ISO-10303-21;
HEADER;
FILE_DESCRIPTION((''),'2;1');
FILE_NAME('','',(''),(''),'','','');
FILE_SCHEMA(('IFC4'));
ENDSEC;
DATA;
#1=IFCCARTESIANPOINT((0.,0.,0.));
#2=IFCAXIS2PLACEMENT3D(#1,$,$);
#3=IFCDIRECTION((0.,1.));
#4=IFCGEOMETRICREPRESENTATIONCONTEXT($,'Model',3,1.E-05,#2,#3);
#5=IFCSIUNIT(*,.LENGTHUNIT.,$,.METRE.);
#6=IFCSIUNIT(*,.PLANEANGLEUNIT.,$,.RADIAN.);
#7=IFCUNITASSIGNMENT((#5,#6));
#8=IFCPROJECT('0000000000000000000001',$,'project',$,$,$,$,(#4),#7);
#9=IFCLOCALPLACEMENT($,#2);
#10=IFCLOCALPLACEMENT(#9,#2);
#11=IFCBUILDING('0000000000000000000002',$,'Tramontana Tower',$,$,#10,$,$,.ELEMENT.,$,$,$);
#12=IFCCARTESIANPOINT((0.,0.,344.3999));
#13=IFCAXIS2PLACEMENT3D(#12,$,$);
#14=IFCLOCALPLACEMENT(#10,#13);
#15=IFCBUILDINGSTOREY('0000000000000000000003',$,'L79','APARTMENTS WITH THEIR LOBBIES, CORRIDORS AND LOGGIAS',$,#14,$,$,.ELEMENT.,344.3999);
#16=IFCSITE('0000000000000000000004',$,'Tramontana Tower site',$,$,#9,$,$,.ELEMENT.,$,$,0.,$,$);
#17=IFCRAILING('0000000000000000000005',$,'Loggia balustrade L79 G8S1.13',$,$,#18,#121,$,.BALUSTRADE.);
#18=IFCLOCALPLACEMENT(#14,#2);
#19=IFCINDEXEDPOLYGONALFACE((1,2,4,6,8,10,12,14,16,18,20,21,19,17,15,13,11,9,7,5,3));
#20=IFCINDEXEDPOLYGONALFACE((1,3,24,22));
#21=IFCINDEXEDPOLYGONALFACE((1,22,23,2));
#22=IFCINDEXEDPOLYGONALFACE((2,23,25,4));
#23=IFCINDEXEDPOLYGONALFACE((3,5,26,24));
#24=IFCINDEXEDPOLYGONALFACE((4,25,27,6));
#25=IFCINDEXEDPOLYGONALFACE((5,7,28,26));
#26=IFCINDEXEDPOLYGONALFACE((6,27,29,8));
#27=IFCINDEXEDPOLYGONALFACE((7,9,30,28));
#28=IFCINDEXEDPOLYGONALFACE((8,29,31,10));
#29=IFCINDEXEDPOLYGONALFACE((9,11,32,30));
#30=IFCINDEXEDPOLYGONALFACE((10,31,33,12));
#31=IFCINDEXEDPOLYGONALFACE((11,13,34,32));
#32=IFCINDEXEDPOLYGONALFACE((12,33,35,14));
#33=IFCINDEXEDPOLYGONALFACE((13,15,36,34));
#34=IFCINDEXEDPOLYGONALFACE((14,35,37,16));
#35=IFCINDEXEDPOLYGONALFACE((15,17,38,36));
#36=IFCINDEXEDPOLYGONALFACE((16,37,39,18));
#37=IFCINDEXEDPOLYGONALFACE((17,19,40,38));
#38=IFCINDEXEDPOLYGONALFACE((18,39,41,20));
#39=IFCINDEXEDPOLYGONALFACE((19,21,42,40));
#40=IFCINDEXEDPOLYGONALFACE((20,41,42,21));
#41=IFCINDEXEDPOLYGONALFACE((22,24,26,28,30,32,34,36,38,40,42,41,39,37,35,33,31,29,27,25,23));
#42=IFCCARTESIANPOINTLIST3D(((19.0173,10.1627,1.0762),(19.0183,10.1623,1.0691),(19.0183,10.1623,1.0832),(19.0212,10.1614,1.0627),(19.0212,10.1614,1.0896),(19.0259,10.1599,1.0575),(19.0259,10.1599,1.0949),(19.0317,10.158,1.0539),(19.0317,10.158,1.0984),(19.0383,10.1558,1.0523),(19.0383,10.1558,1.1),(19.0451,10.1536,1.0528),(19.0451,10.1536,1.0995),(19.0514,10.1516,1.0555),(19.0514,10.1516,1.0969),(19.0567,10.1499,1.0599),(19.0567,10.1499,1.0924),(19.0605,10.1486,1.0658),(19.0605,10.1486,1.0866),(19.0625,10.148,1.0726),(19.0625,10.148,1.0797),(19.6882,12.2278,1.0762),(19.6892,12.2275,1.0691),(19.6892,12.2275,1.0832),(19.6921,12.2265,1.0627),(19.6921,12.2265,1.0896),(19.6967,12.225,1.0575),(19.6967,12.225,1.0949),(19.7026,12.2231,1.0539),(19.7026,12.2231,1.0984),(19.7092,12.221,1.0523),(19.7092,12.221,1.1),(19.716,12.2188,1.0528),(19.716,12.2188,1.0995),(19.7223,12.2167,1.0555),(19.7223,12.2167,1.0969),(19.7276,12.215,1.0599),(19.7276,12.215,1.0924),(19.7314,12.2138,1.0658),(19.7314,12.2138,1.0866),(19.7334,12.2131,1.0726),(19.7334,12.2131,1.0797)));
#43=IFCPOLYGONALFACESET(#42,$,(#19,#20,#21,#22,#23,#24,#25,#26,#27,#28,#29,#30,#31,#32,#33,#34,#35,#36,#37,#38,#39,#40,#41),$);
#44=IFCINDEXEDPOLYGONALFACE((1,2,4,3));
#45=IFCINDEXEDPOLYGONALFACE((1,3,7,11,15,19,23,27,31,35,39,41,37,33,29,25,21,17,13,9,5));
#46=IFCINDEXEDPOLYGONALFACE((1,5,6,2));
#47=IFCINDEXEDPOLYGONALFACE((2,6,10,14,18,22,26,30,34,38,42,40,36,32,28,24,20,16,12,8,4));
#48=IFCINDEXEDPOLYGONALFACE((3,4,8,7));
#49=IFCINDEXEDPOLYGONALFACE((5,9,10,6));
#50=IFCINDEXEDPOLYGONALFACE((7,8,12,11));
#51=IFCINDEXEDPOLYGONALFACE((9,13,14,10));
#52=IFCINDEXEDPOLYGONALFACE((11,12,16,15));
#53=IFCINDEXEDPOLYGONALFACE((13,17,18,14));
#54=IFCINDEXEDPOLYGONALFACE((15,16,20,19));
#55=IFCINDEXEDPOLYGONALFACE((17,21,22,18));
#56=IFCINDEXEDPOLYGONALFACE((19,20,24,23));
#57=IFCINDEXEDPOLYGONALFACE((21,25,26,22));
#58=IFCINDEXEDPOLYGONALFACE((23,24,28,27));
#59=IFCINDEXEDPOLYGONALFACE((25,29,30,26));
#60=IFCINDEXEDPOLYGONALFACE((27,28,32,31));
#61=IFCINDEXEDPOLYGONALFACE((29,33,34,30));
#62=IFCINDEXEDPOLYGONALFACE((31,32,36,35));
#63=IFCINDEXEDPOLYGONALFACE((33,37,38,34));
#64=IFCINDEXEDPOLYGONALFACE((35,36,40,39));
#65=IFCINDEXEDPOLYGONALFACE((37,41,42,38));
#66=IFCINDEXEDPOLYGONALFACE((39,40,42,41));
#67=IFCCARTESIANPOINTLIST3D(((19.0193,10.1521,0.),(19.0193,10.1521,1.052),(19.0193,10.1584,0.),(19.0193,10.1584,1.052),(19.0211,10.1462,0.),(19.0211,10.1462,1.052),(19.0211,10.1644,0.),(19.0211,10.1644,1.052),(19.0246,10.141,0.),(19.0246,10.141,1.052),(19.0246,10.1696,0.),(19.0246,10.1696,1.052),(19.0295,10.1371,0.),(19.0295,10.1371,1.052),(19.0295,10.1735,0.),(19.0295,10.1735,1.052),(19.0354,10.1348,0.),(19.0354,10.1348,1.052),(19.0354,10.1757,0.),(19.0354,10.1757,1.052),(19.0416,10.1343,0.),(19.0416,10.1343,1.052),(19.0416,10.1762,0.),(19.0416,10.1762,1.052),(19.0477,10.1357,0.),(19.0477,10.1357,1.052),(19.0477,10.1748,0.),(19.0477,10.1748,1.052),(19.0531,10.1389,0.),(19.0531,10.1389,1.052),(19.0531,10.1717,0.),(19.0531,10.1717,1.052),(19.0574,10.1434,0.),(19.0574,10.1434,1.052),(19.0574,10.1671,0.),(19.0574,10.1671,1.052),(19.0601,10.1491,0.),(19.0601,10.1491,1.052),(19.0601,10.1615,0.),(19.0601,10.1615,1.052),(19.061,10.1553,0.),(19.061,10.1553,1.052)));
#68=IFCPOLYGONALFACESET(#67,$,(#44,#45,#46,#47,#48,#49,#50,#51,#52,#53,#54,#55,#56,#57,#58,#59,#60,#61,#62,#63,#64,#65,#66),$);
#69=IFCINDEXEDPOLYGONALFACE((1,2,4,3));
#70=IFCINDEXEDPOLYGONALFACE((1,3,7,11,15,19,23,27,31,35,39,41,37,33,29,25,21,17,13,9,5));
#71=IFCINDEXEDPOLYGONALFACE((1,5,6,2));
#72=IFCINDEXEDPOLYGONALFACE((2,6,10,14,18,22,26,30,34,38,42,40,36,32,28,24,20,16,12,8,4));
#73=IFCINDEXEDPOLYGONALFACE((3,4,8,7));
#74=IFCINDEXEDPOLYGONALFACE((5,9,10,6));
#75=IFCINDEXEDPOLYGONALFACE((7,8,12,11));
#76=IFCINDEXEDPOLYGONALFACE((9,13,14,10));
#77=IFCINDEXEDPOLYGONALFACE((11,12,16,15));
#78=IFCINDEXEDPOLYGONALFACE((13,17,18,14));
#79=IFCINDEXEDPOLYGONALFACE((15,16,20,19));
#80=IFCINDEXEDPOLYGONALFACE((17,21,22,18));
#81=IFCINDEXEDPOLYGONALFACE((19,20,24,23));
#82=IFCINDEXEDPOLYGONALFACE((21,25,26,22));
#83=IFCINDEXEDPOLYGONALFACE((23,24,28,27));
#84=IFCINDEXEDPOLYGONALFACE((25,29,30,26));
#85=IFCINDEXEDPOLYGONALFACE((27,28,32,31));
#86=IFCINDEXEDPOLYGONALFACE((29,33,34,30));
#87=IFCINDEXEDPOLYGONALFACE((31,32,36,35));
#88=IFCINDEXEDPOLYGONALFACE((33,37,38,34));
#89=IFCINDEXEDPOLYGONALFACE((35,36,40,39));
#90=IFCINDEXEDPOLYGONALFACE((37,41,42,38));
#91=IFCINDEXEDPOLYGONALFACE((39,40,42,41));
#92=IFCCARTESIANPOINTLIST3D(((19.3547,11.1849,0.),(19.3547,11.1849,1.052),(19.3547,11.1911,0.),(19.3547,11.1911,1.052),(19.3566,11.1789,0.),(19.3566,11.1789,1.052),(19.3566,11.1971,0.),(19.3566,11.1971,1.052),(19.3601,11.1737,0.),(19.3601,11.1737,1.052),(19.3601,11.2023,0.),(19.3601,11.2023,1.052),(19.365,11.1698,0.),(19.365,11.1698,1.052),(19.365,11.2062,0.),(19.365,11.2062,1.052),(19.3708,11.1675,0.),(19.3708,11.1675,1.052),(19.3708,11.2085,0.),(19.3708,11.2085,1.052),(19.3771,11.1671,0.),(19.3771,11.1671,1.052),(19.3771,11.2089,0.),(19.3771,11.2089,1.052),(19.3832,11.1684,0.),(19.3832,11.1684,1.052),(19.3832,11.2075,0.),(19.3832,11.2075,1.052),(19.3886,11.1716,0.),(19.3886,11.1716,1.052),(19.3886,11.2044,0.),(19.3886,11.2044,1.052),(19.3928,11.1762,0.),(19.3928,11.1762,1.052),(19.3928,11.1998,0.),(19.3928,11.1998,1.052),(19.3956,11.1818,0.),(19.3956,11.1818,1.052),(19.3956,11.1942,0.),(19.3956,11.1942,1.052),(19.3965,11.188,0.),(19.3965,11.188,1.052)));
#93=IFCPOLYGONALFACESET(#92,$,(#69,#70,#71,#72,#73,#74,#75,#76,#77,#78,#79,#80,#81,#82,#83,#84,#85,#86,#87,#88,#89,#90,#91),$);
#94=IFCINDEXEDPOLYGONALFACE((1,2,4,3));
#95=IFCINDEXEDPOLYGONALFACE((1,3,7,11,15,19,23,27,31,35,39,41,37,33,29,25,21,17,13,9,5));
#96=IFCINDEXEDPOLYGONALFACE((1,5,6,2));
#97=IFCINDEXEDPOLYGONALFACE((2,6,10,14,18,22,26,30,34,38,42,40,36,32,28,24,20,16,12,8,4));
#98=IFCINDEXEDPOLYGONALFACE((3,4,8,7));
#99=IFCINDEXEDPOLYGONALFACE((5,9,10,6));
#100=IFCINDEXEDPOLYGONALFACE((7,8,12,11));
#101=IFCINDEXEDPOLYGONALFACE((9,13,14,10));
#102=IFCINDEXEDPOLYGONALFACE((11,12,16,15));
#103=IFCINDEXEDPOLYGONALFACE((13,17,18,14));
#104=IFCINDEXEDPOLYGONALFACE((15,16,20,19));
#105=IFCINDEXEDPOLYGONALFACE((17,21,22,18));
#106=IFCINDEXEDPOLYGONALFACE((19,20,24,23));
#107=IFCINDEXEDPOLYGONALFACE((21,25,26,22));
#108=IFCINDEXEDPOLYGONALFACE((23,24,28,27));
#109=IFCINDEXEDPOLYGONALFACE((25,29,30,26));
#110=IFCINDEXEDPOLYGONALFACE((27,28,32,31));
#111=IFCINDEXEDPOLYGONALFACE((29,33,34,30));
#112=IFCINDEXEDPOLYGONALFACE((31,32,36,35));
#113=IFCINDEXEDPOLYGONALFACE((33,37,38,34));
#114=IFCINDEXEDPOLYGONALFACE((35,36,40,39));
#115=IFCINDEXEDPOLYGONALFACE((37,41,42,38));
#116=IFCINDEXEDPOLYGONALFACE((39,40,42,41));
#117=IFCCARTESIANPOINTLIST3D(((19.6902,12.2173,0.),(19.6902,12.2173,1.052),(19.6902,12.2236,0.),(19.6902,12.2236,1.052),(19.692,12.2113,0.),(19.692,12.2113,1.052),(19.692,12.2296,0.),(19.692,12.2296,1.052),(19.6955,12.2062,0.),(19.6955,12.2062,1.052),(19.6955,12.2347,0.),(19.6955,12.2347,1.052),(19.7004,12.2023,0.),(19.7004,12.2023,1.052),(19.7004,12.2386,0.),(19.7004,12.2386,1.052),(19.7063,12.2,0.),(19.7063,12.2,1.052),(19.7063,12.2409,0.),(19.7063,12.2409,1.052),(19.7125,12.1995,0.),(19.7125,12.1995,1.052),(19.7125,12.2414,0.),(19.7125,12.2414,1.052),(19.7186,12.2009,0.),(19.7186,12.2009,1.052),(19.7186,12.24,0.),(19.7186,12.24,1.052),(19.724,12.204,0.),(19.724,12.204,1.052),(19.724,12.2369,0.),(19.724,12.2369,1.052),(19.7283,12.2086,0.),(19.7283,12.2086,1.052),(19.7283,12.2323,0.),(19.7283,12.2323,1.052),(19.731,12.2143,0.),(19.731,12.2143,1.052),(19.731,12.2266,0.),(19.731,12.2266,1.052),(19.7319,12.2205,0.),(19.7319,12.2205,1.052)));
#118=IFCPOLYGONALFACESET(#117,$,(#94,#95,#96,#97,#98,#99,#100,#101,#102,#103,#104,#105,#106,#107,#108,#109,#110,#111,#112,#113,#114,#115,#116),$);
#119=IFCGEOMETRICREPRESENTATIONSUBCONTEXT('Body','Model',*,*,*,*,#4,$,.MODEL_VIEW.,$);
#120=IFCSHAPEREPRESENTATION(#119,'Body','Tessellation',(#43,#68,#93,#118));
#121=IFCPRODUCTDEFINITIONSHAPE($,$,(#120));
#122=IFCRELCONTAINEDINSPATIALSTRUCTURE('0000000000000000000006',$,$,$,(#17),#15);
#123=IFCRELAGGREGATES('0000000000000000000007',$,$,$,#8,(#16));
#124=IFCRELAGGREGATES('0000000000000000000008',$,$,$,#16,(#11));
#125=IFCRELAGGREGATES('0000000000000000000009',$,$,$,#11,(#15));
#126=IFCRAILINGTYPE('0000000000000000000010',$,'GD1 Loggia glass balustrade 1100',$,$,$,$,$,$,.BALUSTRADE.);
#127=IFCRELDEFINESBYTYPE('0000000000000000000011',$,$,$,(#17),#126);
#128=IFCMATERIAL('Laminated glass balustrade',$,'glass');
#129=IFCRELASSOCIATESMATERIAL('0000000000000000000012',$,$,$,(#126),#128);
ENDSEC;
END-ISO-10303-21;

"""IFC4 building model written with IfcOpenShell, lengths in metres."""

from ifc_helpers import new_model, si_unit, direction, frame, origin, origin_2d, place, context, subcontext, project, spatial, circle, extrude, material, type_object, element, save


model = new_model("IFC4")

# Units and contexts
model_context = context("Model", 3, precision=1e-05, world=origin(), true_north=direction((0.0, 1.0)))
body_context = subcontext(model_context, "Body", "Model", "MODEL_VIEW")
ifc_project = project(units=[si_unit("LENGTHUNIT", "METRE"), si_unit("PLANEANGLEUNIT", "RADIAN")], contexts=[model_context])

# Site, building, storey
site_placement = place(None, origin())
site = spatial("IfcSite", under=ifc_project, at=site_placement, Name="Tramontana Tower site", CompositionType="ELEMENT", RefElevation=0.0)
building_placement = place(site_placement, origin())
building = spatial("IfcBuilding", under=site, at=building_placement, Name="Tramontana Tower", CompositionType="ELEMENT")
storey_placement = place(building_placement, frame((0.0, 0.0, 344.3999)))
storey = spatial("IfcBuildingStorey", under=building, at=storey_placement, Name="L79", Description="APARTMENTS WITH THEIR LOBBIES, CORRIDORS AND LOGGIAS", CompositionType="ELEMENT", Elevation=344.3999)

# Railing
ifc_material_1 = material(Name="Laminated glass balustrade", Category="glass")
railing_type = type_object("IfcRailingType", Name="GD1 Loggia glass balustrade 1100", PredefinedType="BALUSTRADE", material=ifc_material_1)
railing_placement = place(storey_placement, frame((19.04, 10.1553, 0.0)))
element("IfcRailing", 1, at=railing_placement, inside=storey, type_object=railing_type, Name="Loggia balustrade L79 G8S1.13", PredefinedType="BALUSTRADE", context=body_context, shape_type="SweptSolid", body=[
    extrude(circle(Radius=0.0239, at=origin_2d()), frame((0.0, 0.0, 1.0762), z_axis=(0.308967, 0.951073, 0.0), x_axis=(-0.951073, 0.308967, 0.0)), (0.0, 0.0, 1.0), 2.1714),
    extrude(circle(Radius=0.021, at=origin_2d()), origin(), (0.0, 0.0, 1.0), 1.052),
    extrude(circle(Radius=0.021, at=origin_2d()), frame((0.3354, 1.0327, 0.0)), (0.0, 0.0, 1.0), 1.052),
    extrude(circle(Radius=0.021, at=origin_2d()), frame((0.6709, 2.0652, 0.0)), (0.0, 0.0, 1.0), 1.052),
])

save(model, "model.ifc")
